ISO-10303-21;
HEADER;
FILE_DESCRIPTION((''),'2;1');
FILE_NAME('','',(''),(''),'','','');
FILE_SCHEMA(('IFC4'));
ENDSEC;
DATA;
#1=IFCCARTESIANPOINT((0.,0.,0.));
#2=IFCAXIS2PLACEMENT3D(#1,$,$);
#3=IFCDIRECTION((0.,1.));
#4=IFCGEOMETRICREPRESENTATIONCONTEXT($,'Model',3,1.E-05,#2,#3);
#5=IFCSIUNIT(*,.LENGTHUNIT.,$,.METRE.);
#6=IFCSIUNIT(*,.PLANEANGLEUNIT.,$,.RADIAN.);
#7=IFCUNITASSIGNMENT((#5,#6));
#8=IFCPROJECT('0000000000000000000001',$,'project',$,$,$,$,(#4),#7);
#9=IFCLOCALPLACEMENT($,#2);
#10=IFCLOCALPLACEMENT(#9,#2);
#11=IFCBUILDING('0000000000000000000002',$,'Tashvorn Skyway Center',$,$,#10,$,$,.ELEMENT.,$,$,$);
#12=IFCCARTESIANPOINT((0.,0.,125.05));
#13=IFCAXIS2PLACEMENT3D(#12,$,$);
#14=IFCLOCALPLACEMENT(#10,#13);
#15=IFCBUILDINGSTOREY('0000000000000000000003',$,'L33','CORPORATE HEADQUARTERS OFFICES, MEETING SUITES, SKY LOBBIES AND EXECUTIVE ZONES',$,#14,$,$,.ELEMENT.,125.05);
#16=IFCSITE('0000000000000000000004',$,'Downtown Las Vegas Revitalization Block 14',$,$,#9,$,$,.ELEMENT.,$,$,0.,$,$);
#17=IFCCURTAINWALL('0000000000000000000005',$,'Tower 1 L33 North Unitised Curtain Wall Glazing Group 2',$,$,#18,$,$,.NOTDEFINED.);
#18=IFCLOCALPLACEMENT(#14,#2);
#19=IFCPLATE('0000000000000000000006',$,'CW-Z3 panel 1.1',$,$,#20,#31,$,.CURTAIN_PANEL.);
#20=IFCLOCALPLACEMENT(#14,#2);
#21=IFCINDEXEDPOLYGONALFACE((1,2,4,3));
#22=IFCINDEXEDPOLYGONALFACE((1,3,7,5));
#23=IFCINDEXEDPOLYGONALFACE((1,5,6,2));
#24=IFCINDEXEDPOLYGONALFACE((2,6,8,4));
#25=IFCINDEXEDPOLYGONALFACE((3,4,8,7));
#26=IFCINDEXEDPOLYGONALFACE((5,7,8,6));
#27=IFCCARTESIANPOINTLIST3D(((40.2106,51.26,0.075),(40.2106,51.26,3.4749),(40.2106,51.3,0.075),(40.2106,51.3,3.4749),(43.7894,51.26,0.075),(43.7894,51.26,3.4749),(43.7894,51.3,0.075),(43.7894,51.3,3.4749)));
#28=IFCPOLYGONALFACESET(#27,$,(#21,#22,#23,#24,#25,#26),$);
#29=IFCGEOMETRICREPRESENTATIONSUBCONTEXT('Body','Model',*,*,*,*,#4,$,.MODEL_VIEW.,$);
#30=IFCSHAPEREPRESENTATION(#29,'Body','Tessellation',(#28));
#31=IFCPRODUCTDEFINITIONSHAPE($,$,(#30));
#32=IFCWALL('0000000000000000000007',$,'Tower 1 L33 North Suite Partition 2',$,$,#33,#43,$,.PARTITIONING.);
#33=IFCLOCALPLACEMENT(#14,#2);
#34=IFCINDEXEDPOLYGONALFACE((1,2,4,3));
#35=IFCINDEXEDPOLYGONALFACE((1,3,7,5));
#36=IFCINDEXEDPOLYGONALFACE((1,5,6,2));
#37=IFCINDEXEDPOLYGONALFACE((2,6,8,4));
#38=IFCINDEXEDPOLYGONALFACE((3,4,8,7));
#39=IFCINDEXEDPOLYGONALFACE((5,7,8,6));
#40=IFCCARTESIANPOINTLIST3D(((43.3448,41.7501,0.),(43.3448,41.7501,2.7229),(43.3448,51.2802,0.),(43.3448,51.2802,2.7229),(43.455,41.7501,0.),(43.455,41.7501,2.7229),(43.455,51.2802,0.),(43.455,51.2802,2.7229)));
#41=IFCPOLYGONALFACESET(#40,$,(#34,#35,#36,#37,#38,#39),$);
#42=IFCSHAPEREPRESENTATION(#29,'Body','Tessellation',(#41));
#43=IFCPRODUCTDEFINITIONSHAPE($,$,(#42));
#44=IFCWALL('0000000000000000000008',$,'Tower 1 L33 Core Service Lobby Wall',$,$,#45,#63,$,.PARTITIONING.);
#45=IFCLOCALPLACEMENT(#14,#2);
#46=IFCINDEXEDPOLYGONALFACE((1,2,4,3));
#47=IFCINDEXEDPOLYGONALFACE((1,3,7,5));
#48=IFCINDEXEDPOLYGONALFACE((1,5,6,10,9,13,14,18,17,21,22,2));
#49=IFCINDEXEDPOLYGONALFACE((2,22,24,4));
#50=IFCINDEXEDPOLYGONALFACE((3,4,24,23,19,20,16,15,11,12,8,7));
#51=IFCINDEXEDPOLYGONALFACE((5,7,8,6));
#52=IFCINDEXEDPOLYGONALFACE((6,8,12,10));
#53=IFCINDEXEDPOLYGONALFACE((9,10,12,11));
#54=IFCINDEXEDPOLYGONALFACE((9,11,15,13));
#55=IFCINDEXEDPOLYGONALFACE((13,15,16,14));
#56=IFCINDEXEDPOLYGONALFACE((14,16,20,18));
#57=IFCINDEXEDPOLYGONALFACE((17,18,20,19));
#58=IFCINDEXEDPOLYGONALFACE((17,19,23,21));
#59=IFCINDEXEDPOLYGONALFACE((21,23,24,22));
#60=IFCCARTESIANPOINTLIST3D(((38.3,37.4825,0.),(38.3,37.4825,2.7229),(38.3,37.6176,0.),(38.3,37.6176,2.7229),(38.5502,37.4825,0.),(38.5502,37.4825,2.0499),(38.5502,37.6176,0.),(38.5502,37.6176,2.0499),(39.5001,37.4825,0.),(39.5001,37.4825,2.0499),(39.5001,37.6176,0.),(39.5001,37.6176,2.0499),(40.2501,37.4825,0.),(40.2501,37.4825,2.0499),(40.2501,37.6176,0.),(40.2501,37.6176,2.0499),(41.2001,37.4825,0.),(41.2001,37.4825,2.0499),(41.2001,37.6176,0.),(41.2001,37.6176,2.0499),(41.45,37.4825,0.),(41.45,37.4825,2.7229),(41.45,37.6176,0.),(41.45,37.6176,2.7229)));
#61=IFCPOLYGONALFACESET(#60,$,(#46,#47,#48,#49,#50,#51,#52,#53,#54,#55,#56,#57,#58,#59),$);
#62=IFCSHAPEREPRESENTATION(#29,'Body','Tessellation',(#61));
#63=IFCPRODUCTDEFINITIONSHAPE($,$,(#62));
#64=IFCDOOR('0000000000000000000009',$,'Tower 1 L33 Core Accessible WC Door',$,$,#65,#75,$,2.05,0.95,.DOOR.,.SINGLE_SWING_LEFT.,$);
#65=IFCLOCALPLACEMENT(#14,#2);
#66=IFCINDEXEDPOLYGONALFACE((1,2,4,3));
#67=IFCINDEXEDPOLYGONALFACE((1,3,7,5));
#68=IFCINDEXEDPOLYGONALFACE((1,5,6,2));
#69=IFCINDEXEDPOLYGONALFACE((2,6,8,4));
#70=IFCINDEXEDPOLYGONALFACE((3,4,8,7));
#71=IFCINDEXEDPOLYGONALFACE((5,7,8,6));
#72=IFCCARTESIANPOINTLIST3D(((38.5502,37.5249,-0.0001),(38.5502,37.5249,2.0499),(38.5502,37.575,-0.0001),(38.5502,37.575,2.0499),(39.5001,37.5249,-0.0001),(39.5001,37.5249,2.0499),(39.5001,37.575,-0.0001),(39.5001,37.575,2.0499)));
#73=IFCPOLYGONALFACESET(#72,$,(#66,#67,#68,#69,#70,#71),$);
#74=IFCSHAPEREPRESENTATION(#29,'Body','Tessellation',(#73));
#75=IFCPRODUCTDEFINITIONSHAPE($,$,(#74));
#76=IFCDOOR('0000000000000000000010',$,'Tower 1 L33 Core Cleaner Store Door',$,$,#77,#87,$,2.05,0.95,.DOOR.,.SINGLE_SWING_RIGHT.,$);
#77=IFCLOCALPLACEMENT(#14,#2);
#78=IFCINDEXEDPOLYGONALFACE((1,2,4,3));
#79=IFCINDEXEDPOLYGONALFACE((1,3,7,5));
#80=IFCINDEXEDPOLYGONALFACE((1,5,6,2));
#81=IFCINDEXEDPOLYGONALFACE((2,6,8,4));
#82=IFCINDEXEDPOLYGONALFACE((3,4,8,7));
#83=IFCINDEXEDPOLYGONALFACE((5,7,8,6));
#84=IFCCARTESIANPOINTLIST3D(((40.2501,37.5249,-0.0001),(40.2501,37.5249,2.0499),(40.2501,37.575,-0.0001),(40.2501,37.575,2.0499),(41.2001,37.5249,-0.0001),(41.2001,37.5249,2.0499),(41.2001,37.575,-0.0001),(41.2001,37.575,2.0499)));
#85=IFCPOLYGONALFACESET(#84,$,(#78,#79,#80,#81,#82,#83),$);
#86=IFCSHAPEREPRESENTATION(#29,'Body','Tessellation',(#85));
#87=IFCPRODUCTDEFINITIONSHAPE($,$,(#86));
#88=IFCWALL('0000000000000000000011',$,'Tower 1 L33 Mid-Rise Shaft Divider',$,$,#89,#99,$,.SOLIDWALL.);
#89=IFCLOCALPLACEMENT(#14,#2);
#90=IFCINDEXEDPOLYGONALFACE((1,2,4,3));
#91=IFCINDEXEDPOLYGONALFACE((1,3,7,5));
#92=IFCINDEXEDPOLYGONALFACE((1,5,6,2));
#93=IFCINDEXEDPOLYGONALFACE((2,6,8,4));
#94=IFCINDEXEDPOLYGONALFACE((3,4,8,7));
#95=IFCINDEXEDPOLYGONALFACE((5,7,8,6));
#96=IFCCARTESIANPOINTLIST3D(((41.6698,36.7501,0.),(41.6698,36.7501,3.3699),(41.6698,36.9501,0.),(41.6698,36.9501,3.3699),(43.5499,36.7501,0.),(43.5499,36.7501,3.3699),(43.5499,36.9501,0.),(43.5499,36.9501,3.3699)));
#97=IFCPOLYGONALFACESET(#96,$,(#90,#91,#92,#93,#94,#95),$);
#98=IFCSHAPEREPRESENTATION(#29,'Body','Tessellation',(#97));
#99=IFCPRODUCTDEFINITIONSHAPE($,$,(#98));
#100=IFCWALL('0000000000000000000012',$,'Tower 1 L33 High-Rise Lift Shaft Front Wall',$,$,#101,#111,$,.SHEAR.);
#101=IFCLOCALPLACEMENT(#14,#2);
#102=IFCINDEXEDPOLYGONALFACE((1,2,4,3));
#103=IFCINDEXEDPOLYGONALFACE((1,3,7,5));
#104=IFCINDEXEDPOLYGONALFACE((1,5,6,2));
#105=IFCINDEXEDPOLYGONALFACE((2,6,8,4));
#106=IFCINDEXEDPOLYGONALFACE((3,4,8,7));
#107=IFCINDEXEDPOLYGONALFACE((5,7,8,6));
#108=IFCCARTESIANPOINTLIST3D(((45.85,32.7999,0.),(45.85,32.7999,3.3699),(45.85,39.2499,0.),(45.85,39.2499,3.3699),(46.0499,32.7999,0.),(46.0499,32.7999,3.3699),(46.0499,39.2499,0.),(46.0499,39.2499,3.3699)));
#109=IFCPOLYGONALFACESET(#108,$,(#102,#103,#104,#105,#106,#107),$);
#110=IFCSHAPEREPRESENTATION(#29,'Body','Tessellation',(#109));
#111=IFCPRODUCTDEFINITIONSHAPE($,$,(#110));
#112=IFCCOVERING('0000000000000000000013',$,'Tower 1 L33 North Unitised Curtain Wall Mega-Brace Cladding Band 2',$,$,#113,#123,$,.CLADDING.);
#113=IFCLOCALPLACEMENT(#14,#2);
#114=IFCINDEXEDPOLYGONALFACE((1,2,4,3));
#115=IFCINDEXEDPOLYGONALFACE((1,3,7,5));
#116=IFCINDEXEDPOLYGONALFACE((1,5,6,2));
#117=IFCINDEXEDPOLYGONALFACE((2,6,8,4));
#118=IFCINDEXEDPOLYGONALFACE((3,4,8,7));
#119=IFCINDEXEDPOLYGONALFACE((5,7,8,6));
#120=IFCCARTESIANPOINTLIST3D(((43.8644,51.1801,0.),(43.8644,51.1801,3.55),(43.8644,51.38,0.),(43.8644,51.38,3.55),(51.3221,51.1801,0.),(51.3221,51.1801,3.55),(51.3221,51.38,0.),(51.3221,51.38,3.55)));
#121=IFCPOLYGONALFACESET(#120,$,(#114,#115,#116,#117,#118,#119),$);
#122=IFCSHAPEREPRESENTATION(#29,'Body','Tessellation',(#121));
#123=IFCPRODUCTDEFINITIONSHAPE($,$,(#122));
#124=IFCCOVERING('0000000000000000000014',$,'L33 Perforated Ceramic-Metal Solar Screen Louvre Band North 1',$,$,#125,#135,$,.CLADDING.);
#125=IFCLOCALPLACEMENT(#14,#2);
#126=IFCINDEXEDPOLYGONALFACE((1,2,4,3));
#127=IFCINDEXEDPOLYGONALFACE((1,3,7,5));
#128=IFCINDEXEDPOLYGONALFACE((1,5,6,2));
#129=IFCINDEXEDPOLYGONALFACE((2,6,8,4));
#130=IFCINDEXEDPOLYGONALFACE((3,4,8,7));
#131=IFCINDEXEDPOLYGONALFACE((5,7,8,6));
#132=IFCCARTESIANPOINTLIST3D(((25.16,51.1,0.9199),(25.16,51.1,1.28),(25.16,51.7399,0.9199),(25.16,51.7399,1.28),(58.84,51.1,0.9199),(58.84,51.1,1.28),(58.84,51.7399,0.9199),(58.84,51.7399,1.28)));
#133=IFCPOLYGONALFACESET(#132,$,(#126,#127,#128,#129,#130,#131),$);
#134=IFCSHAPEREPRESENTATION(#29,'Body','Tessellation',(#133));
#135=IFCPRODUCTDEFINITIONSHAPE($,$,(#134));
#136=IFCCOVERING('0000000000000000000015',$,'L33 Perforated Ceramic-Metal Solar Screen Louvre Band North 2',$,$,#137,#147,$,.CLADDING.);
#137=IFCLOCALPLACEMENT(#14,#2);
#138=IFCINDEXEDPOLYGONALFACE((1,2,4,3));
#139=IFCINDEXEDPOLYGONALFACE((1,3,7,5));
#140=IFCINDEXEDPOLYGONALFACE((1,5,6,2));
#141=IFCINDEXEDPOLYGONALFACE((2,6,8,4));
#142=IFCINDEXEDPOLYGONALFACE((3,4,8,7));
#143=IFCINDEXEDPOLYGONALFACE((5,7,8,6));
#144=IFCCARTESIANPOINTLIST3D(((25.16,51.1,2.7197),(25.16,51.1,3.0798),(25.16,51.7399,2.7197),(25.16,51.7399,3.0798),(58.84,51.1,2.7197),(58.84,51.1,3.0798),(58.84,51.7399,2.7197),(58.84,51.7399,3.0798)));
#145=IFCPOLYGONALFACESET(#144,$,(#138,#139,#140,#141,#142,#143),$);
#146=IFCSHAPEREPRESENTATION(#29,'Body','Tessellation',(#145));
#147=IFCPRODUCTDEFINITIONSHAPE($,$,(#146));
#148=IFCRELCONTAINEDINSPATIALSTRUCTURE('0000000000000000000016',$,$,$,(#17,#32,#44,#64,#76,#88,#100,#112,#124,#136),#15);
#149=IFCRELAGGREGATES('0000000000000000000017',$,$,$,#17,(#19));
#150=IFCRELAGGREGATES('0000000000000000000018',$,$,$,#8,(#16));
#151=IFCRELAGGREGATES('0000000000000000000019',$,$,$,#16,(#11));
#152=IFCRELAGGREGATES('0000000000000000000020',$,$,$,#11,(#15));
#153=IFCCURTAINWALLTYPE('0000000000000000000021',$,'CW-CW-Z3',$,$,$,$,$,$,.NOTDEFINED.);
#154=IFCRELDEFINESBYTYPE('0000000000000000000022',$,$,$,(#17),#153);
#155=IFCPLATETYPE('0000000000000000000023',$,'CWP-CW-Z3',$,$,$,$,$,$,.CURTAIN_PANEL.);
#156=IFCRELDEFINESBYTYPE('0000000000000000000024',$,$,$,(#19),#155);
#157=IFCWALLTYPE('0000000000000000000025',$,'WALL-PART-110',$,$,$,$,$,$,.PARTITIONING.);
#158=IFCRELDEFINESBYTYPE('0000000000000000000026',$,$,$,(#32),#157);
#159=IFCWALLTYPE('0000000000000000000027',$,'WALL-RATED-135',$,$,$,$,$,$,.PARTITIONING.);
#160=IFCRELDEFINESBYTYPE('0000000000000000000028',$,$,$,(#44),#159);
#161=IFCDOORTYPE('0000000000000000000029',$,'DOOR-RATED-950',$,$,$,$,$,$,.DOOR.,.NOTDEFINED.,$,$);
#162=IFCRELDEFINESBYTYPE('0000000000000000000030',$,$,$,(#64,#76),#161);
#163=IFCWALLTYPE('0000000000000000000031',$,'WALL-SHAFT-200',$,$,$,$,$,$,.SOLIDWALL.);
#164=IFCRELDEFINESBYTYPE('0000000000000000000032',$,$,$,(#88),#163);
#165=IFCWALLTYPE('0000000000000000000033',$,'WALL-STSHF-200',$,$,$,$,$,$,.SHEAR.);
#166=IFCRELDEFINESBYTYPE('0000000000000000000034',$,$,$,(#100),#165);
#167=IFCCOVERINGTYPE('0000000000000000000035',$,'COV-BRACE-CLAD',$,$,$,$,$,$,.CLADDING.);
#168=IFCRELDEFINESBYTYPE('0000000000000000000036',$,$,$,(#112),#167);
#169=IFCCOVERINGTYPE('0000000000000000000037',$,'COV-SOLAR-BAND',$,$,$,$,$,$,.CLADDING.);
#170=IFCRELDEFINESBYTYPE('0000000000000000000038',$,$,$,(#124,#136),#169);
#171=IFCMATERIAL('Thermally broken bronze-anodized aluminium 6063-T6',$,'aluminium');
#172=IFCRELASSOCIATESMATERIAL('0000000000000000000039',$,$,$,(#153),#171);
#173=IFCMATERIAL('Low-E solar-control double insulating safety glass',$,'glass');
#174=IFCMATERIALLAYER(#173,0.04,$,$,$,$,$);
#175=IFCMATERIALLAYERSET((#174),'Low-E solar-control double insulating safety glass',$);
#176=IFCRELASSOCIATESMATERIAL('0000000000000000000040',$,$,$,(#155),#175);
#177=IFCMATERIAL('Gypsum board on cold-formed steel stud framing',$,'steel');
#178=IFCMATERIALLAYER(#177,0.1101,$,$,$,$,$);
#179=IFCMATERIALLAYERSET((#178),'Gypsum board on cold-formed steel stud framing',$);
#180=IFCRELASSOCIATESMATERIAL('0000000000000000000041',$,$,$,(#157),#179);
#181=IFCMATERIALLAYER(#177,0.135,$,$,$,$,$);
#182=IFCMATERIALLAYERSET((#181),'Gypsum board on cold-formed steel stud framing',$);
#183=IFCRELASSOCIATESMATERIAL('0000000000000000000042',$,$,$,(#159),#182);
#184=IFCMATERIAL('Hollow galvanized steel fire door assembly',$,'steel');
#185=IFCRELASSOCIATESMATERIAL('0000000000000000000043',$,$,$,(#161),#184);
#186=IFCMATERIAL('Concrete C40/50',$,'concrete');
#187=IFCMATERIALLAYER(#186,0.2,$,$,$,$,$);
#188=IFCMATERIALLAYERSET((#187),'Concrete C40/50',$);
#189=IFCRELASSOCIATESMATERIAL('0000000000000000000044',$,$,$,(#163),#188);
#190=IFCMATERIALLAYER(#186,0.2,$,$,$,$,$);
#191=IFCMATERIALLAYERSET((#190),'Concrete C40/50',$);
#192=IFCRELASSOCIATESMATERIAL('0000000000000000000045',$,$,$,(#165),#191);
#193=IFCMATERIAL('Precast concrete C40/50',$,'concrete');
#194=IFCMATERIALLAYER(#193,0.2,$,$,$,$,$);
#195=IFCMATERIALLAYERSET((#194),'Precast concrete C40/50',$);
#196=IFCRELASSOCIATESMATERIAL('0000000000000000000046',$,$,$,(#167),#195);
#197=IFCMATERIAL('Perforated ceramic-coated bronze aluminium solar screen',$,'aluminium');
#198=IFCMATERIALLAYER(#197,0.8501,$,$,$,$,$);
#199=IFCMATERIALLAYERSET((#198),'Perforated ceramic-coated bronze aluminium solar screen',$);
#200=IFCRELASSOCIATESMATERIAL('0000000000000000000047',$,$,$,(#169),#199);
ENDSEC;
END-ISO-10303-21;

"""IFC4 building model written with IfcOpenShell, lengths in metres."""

from ifc_helpers import new_model, si_unit, direction, frame, frame_2d, origin, origin_2d, place, context, subcontext, project, spatial, rectangle, extrude, material, layer, layer_set, type_object, element, fill, aggregate, save


model = new_model("IFC4")

# Units and contexts
model_context = context("Model", 3, precision=1e-05, world=origin(), true_north=direction((0.0, 1.0)))
body_context = subcontext(model_context, "Body", "Model", "MODEL_VIEW")
ifc_project = project(units=[si_unit("LENGTHUNIT", "METRE"), si_unit("PLANEANGLEUNIT", "RADIAN")], contexts=[model_context])

# Site, building, storey
site_placement = place(None, origin())
site = spatial("IfcSite", under=ifc_project, at=site_placement, Name="Downtown Las Vegas Revitalization Block 14", CompositionType="ELEMENT", RefElevation=0.0)
building_placement = place(site_placement, origin())
building = spatial("IfcBuilding", under=site, at=building_placement, Name="Tashvorn Skyway Center", CompositionType="ELEMENT")
storey_placement = place(building_placement, frame((0.0, 0.0, 125.05)))
storey = spatial("IfcBuildingStorey", under=building, at=storey_placement, Name="L33", Description="CORPORATE HEADQUARTERS OFFICES, MEETING SUITES, SKY LOBBIES AND EXECUTIVE ZONES", CompositionType="ELEMENT", Elevation=125.05)

# Curtain wall, plate
ifc_material_1 = material(Name="Thermally broken bronze-anodized aluminium 6063-T6", Category="aluminium")
curtain_wall_type = type_object("IfcCurtainWallType", Name="CW-CW-Z3", PredefinedType="NOTDEFINED", material=ifc_material_1)
curtain_wall_placement = place(storey_placement, origin())
curtain_wall = element("IfcCurtainWall", 1, at=curtain_wall_placement, inside=storey, type_object=curtain_wall_type, Name="Tower 1 L33 North Unitised Curtain Wall Glazing Group 2", PredefinedType="NOTDEFINED")
ifc_material_2 = material(Name="Low-E solar-control double insulating safety glass", Category="glass")
ifc_layer_1 = layer(ifc_material_2, 0.04)
ifc_layer_set_1 = layer_set([ifc_layer_1], Name="Low-E solar-control double insulating safety glass")
plate_type = type_object("IfcPlateType", Name="CWP-CW-Z3", PredefinedType="CURTAIN_PANEL", material=ifc_layer_set_1)
plate_placement = place(storey_placement, frame((42.0, 51.28, 0.075), z_axis=(0.0, 0.0, 1.0), x_axis=(1.0, 0.0, 0.0)))
plate = element("IfcPlate", 2, at=plate_placement, type_object=plate_type, Name="CW-Z3 panel 1.1", PredefinedType="CURTAIN_PANEL", context=body_context, shape_type="SweptSolid", body=[
    extrude(rectangle(XDim=3.5789, YDim=0.04, at=origin_2d()), origin(), (0.0, 0.0, 1.0), 3.3999),
])
aggregate(curtain_wall, [plate])

# Wall
ifc_material_3 = material(Name="Gypsum board on cold-formed steel stud framing", Category="steel")
ifc_layer_2 = layer(ifc_material_3, 0.1101)
ifc_layer_set_2 = layer_set([ifc_layer_2], Name="Gypsum board on cold-formed steel stud framing")
wall_type_1 = type_object("IfcWallType", Name="WALL-PART-110", PredefinedType="PARTITIONING", material=ifc_layer_set_2)
wall_1_placement = place(storey_placement, frame((43.3999, 41.75, 0.0), z_axis=(0.0, 0.0, 1.0), x_axis=(0.0, 1.0, 0.0)))
element("IfcWall", 3, at=wall_1_placement, inside=storey, type_object=wall_type_1, Name="Tower 1 L33 North Suite Partition 2", PredefinedType="PARTITIONING", context=body_context, shape_type="SweptSolid", body=[
    extrude(rectangle(XDim=9.53, YDim=0.1101, at=frame_2d((4.7651, 0.0))), origin(), (0.0, 0.0, 1.0), 2.7229),
])

# Wall, openings, doors
ifc_layer_3 = layer(ifc_material_3, 0.135)
ifc_layer_set_3 = layer_set([ifc_layer_3], Name="Gypsum board on cold-formed steel stud framing")
wall_type_2 = type_object("IfcWallType", Name="WALL-RATED-135", PredefinedType="PARTITIONING", material=ifc_layer_set_3)
wall_2_placement = place(storey_placement, frame((38.3, 37.55, 0.0), z_axis=(0.0, 0.0, 1.0), x_axis=(1.0, 0.0, 0.0)))
wall_2 = element("IfcWall", 4, at=wall_2_placement, inside=storey, type_object=wall_type_2, Name="Tower 1 L33 Core Service Lobby Wall", PredefinedType="PARTITIONING", context=body_context, shape_type="SweptSolid", body=[
    extrude(rectangle(XDim=3.1499, YDim=0.135, at=frame_2d((1.575, 0.0))), origin(), (0.0, 0.0, 1.0), 2.7229),
])
opening_1_placement = place(wall_2_placement, frame((0.25, 0.0, 0.0)))
opening_1 = element("IfcOpeningElement", 5, at=opening_1_placement, cuts=wall_2, PredefinedType="OPENING", context=body_context, shape_type="SweptSolid", body=[
    extrude(rectangle(XDim=0.95, YDim=2.05, at=frame_2d((0.4751, 1.0249))), frame((0.0, 0.0774, 0.0), z_axis=(0.0, -1.0, 0.0), x_axis=(1.0, 0.0, 0.0)), (0.0, 0.0, 1.0), 0.155),
])
opening_2_placement = place(wall_2_placement, frame((1.95, 0.0, 0.0)))
opening_2 = element("IfcOpeningElement", 6, at=opening_2_placement, cuts=wall_2, PredefinedType="OPENING", context=body_context, shape_type="SweptSolid", body=[
    extrude(rectangle(XDim=0.95, YDim=2.05, at=frame_2d((0.4751, 1.0249))), frame((0.0, 0.0774, 0.0), z_axis=(0.0, -1.0, 0.0), x_axis=(1.0, 0.0, 0.0)), (0.0, 0.0, 1.0), 0.155),
])
ifc_material_4 = material(Name="Hollow galvanized steel fire door assembly", Category="steel")
door_type = type_object("IfcDoorType", Name="DOOR-RATED-950", OperationType="NOTDEFINED", PredefinedType="DOOR", material=ifc_material_4)
door_1_placement = place(opening_1_placement, origin())
door_1 = element("IfcDoor", 7, at=door_1_placement, inside=storey, type_object=door_type, Name="Tower 1 L33 Core Accessible WC Door", OperationType="SINGLE_SWING_LEFT", OverallHeight=2.05, OverallWidth=0.95, PredefinedType="DOOR", context=body_context, shape_type="SweptSolid", body=[
    extrude(rectangle(XDim=0.95, YDim=2.05, at=frame_2d((0.4751, 1.0249))), frame((0.0, 0.0249, 0.0), z_axis=(0.0, -1.0, 0.0), x_axis=(1.0, 0.0, 0.0)), (0.0, 0.0, 1.0), 0.05),
])
fill(opening_1, door_1)
door_2_placement = place(opening_2_placement, origin())
door_2 = element("IfcDoor", 8, at=door_2_placement, inside=storey, type_object=door_type, Name="Tower 1 L33 Core Cleaner Store Door", OperationType="SINGLE_SWING_RIGHT", OverallHeight=2.05, OverallWidth=0.95, PredefinedType="DOOR", context=body_context, shape_type="SweptSolid", body=[
    extrude(rectangle(XDim=0.95, YDim=2.05, at=frame_2d((0.4751, 1.0249))), frame((0.0, 0.0249, 0.0), z_axis=(0.0, -1.0, 0.0), x_axis=(1.0, 0.0, 0.0)), (0.0, 0.0, 1.0), 0.05),
])
fill(opening_2, door_2)

# Walls
ifc_material_5 = material(Name="Concrete C40/50", Category="concrete")
ifc_layer_4 = layer(ifc_material_5, 0.2)
ifc_layer_set_4 = layer_set([ifc_layer_4], Name="Concrete C40/50")
wall_type_3 = type_object("IfcWallType", Name="WALL-SHAFT-200", PredefinedType="SOLIDWALL", material=ifc_layer_set_4)
wall_3_placement = place(storey_placement, frame((41.6699, 36.8501, 0.0), z_axis=(0.0, 0.0, 1.0), x_axis=(1.0, 0.0, 0.0)))
element("IfcWall", 9, at=wall_3_placement, inside=storey, type_object=wall_type_3, Name="Tower 1 L33 Mid-Rise Shaft Divider", PredefinedType="SOLIDWALL", context=body_context, shape_type="SweptSolid", body=[
    extrude(rectangle(XDim=1.8801, YDim=0.2, at=frame_2d((0.9399, 0.0))), origin(), (0.0, 0.0, 1.0), 3.3699),
])
ifc_layer_5 = layer(ifc_material_5, 0.2)
ifc_layer_set_5 = layer_set([ifc_layer_5], Name="Concrete C40/50")
wall_type_4 = type_object("IfcWallType", Name="WALL-STSHF-200", PredefinedType="SHEAR", material=ifc_layer_set_5)
wall_4_placement = place(storey_placement, frame((45.95, 39.25, 0.0), z_axis=(0.0, 0.0, 1.0), x_axis=(0.0, -1.0, 0.0)))
element("IfcWall", 10, at=wall_4_placement, inside=storey, type_object=wall_type_4, Name="Tower 1 L33 High-Rise Lift Shaft Front Wall", PredefinedType="SHEAR", context=body_context, shape_type="SweptSolid", body=[
    extrude(rectangle(XDim=6.45, YDim=0.2, at=frame_2d((3.2251, 0.0))), origin(), (0.0, 0.0, 1.0), 3.3699),
])

# Coverings
ifc_material_6 = material(Name="Precast concrete C40/50", Category="concrete")
ifc_layer_6 = layer(ifc_material_6, 0.2)
ifc_layer_set_6 = layer_set([ifc_layer_6], Name="Precast concrete C40/50")
covering_type_1 = type_object("IfcCoveringType", Name="COV-BRACE-CLAD", PredefinedType="CLADDING", material=ifc_layer_set_6)
covering_placement = place(storey_placement, frame((47.5933, 51.28, 0.0), z_axis=(0.0, 0.0, 1.0), x_axis=(1.0, 0.0, 0.0)))
element("IfcCovering", 11, at=covering_placement, inside=storey, type_object=covering_type_1, Name="Tower 1 L33 North Unitised Curtain Wall Mega-Brace Cladding Band 2", PredefinedType="CLADDING", context=body_context, shape_type="SweptSolid", body=[
    extrude(rectangle(XDim=7.4578, YDim=0.2, at=origin_2d()), origin(), (0.0, 0.0, 1.0), 3.55),
])
ifc_material_7 = material(Name="Perforated ceramic-coated bronze aluminium solar screen", Category="aluminium")
ifc_layer_7 = layer(ifc_material_7, 0.8501)
ifc_layer_set_7 = layer_set([ifc_layer_7], Name="Perforated ceramic-coated bronze aluminium solar screen")
covering_type_2 = type_object("IfcCoveringType", Name="COV-SOLAR-BAND", PredefinedType="CLADDING", material=ifc_layer_set_7)
for number, where, z_axis, x_axis, name in (
    (12, (42.0, 51.4199, 0.9199), (0.0, 0.0, 1.0), (1.0, 0.0, 0.0), "L33 Perforated Ceramic-Metal Solar Screen Louvre Band North 1"),
    (13, (42.0, 51.4199, 2.7197), (0.0, 0.0, 1.0), (1.0, 0.0, 0.0), "L33 Perforated Ceramic-Metal Solar Screen Louvre Band North 2"),
):
    element("IfcCovering", number, at=place(storey_placement, frame(where, z_axis=z_axis, x_axis=x_axis)), inside=storey, type_object=covering_type_2, Name=name, PredefinedType="CLADDING", context=body_context, shape_type="SweptSolid", body=[
        extrude(rectangle(XDim=33.6799, YDim=0.6399, at=origin_2d()), origin(), (0.0, 0.0, 1.0), 0.3601),
    ])

save(model, "model.ifc")
